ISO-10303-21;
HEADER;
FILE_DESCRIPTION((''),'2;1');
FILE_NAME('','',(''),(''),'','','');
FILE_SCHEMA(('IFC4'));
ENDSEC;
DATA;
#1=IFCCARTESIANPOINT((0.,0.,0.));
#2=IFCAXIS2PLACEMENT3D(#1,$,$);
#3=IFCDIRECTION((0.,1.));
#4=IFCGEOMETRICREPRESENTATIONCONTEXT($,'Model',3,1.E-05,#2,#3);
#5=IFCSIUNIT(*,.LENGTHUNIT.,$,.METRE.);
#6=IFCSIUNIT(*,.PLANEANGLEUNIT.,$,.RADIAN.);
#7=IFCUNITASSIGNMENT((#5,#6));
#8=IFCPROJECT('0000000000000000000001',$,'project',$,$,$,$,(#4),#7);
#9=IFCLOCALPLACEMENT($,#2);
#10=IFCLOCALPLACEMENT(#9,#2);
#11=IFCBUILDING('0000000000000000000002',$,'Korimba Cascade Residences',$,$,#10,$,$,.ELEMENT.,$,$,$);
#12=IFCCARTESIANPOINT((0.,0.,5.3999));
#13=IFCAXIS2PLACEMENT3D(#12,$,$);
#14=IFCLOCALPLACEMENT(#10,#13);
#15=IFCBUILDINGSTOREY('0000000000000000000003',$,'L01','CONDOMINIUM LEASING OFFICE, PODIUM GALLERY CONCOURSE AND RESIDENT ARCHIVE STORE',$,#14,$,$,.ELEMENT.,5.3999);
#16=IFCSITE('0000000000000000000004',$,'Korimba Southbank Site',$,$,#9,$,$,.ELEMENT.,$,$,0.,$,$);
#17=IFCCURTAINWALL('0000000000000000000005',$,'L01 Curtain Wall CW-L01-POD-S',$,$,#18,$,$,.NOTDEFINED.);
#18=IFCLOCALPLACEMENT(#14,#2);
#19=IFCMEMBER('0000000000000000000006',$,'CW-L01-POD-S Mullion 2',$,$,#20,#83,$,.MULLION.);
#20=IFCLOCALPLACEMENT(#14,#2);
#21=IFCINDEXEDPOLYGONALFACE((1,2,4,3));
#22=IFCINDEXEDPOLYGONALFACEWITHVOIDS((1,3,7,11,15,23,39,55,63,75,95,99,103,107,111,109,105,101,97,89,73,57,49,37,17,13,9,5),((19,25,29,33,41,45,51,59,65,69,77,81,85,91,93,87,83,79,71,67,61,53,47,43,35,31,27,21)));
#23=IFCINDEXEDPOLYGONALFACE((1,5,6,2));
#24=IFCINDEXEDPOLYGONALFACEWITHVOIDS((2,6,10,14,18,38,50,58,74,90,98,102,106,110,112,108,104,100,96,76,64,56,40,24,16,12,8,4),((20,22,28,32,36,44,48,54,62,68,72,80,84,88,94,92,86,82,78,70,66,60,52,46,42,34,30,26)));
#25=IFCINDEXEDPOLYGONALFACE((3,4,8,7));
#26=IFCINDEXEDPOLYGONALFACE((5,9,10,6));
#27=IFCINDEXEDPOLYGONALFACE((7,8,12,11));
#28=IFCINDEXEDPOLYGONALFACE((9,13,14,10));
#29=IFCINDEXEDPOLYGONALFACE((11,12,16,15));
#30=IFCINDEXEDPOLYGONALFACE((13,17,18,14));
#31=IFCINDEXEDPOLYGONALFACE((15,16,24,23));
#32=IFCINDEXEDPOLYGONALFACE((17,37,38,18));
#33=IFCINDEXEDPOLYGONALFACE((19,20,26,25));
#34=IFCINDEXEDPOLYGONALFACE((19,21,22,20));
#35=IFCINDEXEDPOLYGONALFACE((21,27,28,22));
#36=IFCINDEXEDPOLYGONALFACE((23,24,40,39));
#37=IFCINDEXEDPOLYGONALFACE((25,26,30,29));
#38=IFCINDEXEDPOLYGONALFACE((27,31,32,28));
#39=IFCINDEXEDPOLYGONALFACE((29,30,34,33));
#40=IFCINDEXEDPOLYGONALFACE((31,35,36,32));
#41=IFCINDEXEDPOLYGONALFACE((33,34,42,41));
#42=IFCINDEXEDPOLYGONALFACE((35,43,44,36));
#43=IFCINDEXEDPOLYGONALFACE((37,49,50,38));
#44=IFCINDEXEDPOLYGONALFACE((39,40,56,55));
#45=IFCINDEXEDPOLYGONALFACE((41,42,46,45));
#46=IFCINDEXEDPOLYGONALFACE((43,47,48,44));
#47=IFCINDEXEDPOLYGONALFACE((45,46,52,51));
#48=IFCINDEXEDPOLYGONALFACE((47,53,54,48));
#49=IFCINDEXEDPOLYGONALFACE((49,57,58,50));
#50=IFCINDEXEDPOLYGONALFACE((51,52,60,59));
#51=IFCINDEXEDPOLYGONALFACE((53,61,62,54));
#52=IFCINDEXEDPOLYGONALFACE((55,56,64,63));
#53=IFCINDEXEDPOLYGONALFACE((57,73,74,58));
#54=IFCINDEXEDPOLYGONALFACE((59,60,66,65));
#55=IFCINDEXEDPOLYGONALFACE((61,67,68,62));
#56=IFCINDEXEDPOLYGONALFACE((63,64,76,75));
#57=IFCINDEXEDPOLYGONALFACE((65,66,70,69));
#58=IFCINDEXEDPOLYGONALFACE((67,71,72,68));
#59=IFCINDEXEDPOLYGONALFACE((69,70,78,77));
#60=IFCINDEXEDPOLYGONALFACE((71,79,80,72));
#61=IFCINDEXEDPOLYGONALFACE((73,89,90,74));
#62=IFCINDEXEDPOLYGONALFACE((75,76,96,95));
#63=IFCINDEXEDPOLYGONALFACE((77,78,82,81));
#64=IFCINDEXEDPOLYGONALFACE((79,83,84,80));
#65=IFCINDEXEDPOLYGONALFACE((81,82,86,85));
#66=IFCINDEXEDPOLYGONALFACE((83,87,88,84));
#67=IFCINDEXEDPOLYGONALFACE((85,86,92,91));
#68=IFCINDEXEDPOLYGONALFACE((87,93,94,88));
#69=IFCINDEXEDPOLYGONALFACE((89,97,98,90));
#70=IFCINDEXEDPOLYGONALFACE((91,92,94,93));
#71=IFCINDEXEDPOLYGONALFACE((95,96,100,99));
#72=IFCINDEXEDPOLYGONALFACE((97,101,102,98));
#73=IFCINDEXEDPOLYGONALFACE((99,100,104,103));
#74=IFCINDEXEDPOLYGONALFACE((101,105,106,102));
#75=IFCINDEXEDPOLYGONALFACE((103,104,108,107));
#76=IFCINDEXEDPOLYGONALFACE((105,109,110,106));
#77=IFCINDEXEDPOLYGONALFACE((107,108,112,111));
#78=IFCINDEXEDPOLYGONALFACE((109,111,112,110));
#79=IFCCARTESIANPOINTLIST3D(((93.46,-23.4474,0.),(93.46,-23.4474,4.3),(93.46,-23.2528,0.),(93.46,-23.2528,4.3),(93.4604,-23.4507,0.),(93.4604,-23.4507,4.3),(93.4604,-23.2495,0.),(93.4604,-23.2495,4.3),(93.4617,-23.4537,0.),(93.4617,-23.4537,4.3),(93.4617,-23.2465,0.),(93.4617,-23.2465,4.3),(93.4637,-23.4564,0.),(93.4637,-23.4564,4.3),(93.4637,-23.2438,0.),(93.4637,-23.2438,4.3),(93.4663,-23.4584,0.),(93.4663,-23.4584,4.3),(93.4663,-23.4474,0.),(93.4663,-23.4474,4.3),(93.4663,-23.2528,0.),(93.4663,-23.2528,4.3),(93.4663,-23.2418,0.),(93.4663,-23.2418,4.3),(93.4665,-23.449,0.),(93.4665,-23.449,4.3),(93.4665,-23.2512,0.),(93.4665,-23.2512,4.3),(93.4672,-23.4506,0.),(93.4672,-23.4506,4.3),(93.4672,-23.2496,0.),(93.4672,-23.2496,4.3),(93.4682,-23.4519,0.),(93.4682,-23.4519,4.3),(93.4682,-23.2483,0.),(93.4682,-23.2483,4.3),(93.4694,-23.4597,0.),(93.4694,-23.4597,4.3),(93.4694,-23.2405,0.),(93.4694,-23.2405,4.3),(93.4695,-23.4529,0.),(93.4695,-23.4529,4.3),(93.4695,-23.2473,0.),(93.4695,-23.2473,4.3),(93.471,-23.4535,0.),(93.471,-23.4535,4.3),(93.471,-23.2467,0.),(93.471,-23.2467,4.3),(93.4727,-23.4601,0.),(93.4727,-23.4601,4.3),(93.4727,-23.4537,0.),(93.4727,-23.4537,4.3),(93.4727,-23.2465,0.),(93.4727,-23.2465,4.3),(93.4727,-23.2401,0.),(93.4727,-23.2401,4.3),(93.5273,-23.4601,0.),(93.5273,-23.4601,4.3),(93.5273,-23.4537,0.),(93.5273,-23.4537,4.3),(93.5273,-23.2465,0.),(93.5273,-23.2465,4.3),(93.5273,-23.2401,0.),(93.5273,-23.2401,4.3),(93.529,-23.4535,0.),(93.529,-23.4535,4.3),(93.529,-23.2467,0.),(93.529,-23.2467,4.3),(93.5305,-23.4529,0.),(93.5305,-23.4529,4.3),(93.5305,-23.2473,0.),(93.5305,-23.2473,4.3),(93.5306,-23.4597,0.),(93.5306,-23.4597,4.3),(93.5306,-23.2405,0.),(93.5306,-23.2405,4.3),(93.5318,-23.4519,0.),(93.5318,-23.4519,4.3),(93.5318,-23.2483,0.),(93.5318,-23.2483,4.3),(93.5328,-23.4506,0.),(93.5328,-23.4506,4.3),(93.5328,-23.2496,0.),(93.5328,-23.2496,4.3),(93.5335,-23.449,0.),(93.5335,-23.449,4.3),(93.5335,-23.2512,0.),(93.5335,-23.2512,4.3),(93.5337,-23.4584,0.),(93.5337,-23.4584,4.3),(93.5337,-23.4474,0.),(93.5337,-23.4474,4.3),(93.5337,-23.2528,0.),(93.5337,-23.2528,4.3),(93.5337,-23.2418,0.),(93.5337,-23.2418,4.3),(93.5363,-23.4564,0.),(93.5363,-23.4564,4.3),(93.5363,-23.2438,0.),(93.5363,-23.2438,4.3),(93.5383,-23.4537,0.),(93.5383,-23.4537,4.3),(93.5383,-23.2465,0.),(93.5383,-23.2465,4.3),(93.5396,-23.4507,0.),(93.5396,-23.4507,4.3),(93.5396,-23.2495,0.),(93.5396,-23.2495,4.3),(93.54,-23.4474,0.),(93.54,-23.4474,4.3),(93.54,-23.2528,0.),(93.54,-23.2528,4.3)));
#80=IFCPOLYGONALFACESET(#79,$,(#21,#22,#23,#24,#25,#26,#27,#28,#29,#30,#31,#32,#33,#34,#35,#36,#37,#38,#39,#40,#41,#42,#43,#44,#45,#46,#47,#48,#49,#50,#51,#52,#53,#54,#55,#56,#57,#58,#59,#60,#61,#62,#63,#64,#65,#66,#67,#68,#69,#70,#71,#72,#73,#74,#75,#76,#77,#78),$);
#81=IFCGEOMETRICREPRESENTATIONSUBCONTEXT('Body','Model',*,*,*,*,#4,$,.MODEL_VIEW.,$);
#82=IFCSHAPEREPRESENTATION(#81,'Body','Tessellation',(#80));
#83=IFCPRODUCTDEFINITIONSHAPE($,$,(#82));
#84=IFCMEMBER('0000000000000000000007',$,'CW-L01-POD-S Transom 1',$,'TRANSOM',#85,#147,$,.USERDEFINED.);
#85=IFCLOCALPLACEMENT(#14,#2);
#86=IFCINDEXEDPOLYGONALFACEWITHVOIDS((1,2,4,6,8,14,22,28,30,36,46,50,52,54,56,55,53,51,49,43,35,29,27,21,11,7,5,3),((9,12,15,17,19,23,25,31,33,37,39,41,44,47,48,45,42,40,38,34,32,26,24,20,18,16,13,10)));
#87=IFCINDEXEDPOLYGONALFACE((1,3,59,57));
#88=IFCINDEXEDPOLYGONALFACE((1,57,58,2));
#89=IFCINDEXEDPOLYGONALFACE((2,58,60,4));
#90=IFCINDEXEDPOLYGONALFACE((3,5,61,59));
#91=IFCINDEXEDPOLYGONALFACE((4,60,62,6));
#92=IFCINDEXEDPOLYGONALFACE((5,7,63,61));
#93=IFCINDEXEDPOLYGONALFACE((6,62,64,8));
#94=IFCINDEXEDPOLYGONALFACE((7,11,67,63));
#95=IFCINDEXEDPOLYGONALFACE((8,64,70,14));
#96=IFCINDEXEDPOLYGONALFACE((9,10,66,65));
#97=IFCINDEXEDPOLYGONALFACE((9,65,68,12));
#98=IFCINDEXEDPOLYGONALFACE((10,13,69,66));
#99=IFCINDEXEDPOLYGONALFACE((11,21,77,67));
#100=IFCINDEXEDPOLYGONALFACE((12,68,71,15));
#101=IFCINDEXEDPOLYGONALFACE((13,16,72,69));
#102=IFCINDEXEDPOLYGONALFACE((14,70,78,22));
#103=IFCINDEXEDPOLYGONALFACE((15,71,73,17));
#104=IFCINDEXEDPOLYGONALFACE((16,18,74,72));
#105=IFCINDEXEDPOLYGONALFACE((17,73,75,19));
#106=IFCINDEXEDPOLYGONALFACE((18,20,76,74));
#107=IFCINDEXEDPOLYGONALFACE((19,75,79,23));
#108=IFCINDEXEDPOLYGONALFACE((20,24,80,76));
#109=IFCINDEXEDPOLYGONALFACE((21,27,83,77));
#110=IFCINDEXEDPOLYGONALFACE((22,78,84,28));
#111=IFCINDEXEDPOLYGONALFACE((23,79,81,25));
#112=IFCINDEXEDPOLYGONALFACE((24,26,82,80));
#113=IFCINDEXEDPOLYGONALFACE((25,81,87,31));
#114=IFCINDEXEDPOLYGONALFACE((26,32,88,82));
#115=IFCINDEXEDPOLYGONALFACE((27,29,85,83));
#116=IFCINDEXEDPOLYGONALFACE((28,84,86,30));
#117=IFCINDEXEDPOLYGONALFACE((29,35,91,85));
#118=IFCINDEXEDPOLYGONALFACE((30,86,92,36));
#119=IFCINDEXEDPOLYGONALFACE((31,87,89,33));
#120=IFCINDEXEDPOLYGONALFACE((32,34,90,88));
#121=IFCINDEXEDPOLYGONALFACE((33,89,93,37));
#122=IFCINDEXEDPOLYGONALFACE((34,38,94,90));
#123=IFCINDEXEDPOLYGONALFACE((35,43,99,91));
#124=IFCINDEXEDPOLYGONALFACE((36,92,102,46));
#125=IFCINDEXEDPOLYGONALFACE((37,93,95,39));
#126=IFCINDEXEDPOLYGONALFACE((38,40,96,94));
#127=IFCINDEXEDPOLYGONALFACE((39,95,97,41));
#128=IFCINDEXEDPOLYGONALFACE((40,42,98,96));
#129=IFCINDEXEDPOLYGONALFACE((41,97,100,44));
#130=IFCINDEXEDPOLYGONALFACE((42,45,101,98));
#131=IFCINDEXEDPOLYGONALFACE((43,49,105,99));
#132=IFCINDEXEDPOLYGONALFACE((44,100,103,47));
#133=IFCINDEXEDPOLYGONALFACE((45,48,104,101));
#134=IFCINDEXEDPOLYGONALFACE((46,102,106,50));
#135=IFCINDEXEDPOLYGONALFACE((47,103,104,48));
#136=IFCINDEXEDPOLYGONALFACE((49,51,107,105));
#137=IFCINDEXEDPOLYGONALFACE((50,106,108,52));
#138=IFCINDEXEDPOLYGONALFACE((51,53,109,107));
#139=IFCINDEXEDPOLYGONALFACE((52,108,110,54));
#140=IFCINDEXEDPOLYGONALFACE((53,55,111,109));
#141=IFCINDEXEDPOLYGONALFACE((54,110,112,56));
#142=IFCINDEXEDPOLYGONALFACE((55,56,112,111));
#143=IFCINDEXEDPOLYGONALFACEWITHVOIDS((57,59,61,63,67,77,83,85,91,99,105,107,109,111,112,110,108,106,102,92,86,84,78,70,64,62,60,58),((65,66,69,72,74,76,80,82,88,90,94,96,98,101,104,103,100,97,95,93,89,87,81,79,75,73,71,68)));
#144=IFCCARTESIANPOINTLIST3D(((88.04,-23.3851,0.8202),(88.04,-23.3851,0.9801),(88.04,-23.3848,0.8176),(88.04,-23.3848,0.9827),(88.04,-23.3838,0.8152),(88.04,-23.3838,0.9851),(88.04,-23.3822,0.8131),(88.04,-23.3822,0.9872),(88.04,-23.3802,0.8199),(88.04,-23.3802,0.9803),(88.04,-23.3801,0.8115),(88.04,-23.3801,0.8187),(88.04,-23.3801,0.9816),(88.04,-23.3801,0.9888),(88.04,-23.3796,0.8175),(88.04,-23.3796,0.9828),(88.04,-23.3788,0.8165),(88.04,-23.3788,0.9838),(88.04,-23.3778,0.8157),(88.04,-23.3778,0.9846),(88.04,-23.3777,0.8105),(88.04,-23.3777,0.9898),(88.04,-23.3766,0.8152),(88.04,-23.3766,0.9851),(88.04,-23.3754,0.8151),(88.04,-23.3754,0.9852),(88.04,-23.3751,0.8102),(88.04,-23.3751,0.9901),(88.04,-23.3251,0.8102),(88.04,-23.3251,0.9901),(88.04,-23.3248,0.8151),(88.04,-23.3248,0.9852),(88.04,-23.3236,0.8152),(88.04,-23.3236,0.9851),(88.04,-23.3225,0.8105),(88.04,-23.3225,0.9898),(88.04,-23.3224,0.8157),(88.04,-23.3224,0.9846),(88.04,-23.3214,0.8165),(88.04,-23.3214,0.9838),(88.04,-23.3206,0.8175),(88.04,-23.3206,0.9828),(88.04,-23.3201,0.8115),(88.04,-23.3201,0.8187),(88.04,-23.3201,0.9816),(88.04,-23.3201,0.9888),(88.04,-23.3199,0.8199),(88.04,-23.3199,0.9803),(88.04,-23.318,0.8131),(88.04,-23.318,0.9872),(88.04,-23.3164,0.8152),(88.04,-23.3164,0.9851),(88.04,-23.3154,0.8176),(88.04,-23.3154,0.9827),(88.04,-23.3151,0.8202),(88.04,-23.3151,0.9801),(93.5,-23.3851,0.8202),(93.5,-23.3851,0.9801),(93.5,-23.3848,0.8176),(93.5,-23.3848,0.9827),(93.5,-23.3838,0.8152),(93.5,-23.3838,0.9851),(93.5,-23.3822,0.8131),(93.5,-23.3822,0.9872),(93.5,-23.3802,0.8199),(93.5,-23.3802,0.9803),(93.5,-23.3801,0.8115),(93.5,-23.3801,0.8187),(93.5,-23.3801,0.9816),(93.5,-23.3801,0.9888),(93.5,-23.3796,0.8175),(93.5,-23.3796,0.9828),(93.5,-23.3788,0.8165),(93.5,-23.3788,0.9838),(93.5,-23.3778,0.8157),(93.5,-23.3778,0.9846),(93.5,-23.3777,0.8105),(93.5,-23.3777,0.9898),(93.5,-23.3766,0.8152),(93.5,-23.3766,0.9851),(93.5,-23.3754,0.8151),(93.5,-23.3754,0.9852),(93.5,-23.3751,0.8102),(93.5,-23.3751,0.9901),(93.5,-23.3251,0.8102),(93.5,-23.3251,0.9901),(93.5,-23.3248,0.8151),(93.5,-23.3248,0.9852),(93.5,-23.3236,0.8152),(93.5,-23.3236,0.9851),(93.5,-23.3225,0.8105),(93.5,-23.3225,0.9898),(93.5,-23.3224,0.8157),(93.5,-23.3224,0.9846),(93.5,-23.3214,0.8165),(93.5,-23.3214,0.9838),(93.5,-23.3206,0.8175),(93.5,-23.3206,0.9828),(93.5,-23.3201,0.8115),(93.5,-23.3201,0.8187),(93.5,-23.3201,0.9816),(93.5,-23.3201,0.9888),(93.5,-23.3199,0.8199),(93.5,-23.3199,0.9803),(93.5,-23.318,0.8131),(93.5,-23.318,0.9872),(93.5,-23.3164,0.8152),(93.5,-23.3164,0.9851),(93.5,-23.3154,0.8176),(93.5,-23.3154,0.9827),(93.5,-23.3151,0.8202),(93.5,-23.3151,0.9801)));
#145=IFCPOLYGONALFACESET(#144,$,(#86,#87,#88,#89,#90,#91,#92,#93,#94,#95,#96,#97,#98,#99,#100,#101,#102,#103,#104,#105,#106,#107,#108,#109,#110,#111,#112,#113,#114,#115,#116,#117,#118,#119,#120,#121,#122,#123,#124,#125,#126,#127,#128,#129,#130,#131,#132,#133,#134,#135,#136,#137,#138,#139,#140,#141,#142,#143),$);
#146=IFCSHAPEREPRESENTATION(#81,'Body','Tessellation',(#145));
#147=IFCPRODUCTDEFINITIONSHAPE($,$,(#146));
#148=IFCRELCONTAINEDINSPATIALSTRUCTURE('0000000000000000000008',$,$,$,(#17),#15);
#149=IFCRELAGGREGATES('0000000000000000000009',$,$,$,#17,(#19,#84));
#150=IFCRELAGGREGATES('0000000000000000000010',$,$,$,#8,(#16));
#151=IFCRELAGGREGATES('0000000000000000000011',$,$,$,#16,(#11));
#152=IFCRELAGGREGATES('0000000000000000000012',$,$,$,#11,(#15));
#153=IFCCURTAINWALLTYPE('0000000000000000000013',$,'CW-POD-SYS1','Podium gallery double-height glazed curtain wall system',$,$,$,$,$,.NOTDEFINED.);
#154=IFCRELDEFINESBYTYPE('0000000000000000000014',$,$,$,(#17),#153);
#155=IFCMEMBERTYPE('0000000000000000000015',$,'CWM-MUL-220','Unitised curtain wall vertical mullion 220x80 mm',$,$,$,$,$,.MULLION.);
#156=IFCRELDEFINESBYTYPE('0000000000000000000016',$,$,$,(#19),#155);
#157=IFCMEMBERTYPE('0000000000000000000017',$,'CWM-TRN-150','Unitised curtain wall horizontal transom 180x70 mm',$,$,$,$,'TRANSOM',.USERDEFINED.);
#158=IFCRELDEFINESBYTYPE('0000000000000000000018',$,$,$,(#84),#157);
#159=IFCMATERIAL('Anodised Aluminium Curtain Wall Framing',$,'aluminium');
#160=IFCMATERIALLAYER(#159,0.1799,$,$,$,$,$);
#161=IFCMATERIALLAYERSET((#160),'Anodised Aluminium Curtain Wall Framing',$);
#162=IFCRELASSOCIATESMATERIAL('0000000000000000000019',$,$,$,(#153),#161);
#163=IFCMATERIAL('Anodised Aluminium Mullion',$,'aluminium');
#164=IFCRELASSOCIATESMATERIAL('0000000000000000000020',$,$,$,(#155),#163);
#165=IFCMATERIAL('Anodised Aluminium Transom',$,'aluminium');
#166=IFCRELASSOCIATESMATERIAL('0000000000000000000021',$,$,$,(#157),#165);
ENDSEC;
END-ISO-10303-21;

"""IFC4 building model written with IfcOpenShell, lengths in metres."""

from ifc_helpers import new_model, si_unit, direction, frame, origin, origin_2d, place, context, subcontext, project, spatial, hollow_rectangle, extrude, material, layer, layer_set, material_profile, profile_set, type_object, element, aggregate, save


model = new_model("IFC4")

# Units and contexts
model_context = context("Model", 3, precision=1e-05, world=origin(), true_north=direction((0.0, 1.0)))
body_context = subcontext(model_context, "Body", "Model", "MODEL_VIEW")
ifc_project = project(units=[si_unit("LENGTHUNIT", "METRE"), si_unit("PLANEANGLEUNIT", "RADIAN")], contexts=[model_context])

# Site, building, storey
site_placement = place(None, origin())
site = spatial("IfcSite", under=ifc_project, at=site_placement, Name="Korimba Southbank Site", CompositionType="ELEMENT", RefElevation=0.0)
building_placement = place(site_placement, origin())
building = spatial("IfcBuilding", under=site, at=building_placement, Name="Korimba Cascade Residences", CompositionType="ELEMENT")
storey_placement = place(building_placement, frame((0.0, 0.0, 5.3999)))
storey = spatial("IfcBuildingStorey", under=building, at=storey_placement, Name="L01", Description="CONDOMINIUM LEASING OFFICE, PODIUM GALLERY CONCOURSE AND RESIDENT ARCHIVE STORE", CompositionType="ELEMENT", Elevation=5.3999)

# Curtain wall, members
ifc_material_1 = material(Name="Anodised Aluminium Curtain Wall Framing", Category="aluminium")
ifc_layer_1 = layer(ifc_material_1, 0.1799)
ifc_layer_set_1 = layer_set([ifc_layer_1], Name="Anodised Aluminium Curtain Wall Framing")
curtain_wall_type = type_object("IfcCurtainWallType", Name="CW-POD-SYS1", Description="Podium gallery double-height glazed curtain wall system", PredefinedType="NOTDEFINED", material=ifc_layer_set_1)
curtain_wall_placement = place(storey_placement, origin())
curtain_wall = element("IfcCurtainWall", 1, at=curtain_wall_placement, inside=storey, type_object=curtain_wall_type, Name="L01 Curtain Wall CW-L01-POD-S", PredefinedType="NOTDEFINED")
ifc_material_2 = material(Name="Anodised Aluminium Mullion", Category="aluminium")
ifc_material_profile_1 = material_profile(ifc_material_2, hollow_rectangle(XDim=0.0801, YDim=0.22, WallThickness=0.0063, InnerFilletRadius=0.0063, OuterFilletRadius=0.0127, at=origin_2d()), Name="Anodised Aluminium Mullion")
ifc_profile_set_1 = profile_set([ifc_material_profile_1], Name="Anodised Aluminium Mullion")
member_type_1 = type_object("IfcMemberType", Name="CWM-MUL-220", Description="Unitised curtain wall vertical mullion 220x80 mm", PredefinedType="MULLION", material=ifc_profile_set_1)
member_1_placement = place(storey_placement, frame((93.5, -23.3501, 0.0), z_axis=(0.0, 0.0, 1.0), x_axis=(1.0, 0.0, 0.0)))
member_1 = element("IfcMember", 2, at=member_1_placement, type_object=member_type_1, Name="CW-L01-POD-S Mullion 2", PredefinedType="MULLION", context=body_context, shape_type="SweptSolid", body=[
    extrude(hollow_rectangle(XDim=0.0801, YDim=0.22, WallThickness=0.0063, InnerFilletRadius=0.0063, OuterFilletRadius=0.0127, at=origin_2d()), origin(), (0.0, 0.0, 1.0), 4.3),
])
ifc_material_3 = material(Name="Anodised Aluminium Transom", Category="aluminium")
ifc_material_profile_2 = material_profile(ifc_material_3, hollow_rectangle(XDim=0.0701, YDim=0.1799, WallThickness=0.0049, InnerFilletRadius=0.0049, OuterFilletRadius=0.01, at=origin_2d()), Name="Anodised Aluminium Transom")
ifc_profile_set_2 = profile_set([ifc_material_profile_2], Name="Anodised Aluminium Transom")
member_type_2 = type_object("IfcMemberType", Name="CWM-TRN-150", Description="Unitised curtain wall horizontal transom 180x70 mm", ElementType="TRANSOM", PredefinedType="USERDEFINED", material=ifc_profile_set_2)
member_2_placement = place(storey_placement, frame((88.04, -23.3501, 0.9001), z_axis=(1.0, 0.0, 0.0), x_axis=(0.0, 1.0, 0.0)))
member_2 = element("IfcMember", 3, at=member_2_placement, type_object=member_type_2, Name="CW-L01-POD-S Transom 1", ObjectType="TRANSOM", PredefinedType="USERDEFINED", context=body_context, shape_type="SweptSolid", body=[
    extrude(hollow_rectangle(XDim=0.0701, YDim=0.1799, WallThickness=0.0049, InnerFilletRadius=0.0049, OuterFilletRadius=0.01, at=origin_2d()), origin(), (0.0, 0.0, 1.0), 5.46),
])
aggregate(curtain_wall, [member_1, member_2])

save(model, "model.ifc")
